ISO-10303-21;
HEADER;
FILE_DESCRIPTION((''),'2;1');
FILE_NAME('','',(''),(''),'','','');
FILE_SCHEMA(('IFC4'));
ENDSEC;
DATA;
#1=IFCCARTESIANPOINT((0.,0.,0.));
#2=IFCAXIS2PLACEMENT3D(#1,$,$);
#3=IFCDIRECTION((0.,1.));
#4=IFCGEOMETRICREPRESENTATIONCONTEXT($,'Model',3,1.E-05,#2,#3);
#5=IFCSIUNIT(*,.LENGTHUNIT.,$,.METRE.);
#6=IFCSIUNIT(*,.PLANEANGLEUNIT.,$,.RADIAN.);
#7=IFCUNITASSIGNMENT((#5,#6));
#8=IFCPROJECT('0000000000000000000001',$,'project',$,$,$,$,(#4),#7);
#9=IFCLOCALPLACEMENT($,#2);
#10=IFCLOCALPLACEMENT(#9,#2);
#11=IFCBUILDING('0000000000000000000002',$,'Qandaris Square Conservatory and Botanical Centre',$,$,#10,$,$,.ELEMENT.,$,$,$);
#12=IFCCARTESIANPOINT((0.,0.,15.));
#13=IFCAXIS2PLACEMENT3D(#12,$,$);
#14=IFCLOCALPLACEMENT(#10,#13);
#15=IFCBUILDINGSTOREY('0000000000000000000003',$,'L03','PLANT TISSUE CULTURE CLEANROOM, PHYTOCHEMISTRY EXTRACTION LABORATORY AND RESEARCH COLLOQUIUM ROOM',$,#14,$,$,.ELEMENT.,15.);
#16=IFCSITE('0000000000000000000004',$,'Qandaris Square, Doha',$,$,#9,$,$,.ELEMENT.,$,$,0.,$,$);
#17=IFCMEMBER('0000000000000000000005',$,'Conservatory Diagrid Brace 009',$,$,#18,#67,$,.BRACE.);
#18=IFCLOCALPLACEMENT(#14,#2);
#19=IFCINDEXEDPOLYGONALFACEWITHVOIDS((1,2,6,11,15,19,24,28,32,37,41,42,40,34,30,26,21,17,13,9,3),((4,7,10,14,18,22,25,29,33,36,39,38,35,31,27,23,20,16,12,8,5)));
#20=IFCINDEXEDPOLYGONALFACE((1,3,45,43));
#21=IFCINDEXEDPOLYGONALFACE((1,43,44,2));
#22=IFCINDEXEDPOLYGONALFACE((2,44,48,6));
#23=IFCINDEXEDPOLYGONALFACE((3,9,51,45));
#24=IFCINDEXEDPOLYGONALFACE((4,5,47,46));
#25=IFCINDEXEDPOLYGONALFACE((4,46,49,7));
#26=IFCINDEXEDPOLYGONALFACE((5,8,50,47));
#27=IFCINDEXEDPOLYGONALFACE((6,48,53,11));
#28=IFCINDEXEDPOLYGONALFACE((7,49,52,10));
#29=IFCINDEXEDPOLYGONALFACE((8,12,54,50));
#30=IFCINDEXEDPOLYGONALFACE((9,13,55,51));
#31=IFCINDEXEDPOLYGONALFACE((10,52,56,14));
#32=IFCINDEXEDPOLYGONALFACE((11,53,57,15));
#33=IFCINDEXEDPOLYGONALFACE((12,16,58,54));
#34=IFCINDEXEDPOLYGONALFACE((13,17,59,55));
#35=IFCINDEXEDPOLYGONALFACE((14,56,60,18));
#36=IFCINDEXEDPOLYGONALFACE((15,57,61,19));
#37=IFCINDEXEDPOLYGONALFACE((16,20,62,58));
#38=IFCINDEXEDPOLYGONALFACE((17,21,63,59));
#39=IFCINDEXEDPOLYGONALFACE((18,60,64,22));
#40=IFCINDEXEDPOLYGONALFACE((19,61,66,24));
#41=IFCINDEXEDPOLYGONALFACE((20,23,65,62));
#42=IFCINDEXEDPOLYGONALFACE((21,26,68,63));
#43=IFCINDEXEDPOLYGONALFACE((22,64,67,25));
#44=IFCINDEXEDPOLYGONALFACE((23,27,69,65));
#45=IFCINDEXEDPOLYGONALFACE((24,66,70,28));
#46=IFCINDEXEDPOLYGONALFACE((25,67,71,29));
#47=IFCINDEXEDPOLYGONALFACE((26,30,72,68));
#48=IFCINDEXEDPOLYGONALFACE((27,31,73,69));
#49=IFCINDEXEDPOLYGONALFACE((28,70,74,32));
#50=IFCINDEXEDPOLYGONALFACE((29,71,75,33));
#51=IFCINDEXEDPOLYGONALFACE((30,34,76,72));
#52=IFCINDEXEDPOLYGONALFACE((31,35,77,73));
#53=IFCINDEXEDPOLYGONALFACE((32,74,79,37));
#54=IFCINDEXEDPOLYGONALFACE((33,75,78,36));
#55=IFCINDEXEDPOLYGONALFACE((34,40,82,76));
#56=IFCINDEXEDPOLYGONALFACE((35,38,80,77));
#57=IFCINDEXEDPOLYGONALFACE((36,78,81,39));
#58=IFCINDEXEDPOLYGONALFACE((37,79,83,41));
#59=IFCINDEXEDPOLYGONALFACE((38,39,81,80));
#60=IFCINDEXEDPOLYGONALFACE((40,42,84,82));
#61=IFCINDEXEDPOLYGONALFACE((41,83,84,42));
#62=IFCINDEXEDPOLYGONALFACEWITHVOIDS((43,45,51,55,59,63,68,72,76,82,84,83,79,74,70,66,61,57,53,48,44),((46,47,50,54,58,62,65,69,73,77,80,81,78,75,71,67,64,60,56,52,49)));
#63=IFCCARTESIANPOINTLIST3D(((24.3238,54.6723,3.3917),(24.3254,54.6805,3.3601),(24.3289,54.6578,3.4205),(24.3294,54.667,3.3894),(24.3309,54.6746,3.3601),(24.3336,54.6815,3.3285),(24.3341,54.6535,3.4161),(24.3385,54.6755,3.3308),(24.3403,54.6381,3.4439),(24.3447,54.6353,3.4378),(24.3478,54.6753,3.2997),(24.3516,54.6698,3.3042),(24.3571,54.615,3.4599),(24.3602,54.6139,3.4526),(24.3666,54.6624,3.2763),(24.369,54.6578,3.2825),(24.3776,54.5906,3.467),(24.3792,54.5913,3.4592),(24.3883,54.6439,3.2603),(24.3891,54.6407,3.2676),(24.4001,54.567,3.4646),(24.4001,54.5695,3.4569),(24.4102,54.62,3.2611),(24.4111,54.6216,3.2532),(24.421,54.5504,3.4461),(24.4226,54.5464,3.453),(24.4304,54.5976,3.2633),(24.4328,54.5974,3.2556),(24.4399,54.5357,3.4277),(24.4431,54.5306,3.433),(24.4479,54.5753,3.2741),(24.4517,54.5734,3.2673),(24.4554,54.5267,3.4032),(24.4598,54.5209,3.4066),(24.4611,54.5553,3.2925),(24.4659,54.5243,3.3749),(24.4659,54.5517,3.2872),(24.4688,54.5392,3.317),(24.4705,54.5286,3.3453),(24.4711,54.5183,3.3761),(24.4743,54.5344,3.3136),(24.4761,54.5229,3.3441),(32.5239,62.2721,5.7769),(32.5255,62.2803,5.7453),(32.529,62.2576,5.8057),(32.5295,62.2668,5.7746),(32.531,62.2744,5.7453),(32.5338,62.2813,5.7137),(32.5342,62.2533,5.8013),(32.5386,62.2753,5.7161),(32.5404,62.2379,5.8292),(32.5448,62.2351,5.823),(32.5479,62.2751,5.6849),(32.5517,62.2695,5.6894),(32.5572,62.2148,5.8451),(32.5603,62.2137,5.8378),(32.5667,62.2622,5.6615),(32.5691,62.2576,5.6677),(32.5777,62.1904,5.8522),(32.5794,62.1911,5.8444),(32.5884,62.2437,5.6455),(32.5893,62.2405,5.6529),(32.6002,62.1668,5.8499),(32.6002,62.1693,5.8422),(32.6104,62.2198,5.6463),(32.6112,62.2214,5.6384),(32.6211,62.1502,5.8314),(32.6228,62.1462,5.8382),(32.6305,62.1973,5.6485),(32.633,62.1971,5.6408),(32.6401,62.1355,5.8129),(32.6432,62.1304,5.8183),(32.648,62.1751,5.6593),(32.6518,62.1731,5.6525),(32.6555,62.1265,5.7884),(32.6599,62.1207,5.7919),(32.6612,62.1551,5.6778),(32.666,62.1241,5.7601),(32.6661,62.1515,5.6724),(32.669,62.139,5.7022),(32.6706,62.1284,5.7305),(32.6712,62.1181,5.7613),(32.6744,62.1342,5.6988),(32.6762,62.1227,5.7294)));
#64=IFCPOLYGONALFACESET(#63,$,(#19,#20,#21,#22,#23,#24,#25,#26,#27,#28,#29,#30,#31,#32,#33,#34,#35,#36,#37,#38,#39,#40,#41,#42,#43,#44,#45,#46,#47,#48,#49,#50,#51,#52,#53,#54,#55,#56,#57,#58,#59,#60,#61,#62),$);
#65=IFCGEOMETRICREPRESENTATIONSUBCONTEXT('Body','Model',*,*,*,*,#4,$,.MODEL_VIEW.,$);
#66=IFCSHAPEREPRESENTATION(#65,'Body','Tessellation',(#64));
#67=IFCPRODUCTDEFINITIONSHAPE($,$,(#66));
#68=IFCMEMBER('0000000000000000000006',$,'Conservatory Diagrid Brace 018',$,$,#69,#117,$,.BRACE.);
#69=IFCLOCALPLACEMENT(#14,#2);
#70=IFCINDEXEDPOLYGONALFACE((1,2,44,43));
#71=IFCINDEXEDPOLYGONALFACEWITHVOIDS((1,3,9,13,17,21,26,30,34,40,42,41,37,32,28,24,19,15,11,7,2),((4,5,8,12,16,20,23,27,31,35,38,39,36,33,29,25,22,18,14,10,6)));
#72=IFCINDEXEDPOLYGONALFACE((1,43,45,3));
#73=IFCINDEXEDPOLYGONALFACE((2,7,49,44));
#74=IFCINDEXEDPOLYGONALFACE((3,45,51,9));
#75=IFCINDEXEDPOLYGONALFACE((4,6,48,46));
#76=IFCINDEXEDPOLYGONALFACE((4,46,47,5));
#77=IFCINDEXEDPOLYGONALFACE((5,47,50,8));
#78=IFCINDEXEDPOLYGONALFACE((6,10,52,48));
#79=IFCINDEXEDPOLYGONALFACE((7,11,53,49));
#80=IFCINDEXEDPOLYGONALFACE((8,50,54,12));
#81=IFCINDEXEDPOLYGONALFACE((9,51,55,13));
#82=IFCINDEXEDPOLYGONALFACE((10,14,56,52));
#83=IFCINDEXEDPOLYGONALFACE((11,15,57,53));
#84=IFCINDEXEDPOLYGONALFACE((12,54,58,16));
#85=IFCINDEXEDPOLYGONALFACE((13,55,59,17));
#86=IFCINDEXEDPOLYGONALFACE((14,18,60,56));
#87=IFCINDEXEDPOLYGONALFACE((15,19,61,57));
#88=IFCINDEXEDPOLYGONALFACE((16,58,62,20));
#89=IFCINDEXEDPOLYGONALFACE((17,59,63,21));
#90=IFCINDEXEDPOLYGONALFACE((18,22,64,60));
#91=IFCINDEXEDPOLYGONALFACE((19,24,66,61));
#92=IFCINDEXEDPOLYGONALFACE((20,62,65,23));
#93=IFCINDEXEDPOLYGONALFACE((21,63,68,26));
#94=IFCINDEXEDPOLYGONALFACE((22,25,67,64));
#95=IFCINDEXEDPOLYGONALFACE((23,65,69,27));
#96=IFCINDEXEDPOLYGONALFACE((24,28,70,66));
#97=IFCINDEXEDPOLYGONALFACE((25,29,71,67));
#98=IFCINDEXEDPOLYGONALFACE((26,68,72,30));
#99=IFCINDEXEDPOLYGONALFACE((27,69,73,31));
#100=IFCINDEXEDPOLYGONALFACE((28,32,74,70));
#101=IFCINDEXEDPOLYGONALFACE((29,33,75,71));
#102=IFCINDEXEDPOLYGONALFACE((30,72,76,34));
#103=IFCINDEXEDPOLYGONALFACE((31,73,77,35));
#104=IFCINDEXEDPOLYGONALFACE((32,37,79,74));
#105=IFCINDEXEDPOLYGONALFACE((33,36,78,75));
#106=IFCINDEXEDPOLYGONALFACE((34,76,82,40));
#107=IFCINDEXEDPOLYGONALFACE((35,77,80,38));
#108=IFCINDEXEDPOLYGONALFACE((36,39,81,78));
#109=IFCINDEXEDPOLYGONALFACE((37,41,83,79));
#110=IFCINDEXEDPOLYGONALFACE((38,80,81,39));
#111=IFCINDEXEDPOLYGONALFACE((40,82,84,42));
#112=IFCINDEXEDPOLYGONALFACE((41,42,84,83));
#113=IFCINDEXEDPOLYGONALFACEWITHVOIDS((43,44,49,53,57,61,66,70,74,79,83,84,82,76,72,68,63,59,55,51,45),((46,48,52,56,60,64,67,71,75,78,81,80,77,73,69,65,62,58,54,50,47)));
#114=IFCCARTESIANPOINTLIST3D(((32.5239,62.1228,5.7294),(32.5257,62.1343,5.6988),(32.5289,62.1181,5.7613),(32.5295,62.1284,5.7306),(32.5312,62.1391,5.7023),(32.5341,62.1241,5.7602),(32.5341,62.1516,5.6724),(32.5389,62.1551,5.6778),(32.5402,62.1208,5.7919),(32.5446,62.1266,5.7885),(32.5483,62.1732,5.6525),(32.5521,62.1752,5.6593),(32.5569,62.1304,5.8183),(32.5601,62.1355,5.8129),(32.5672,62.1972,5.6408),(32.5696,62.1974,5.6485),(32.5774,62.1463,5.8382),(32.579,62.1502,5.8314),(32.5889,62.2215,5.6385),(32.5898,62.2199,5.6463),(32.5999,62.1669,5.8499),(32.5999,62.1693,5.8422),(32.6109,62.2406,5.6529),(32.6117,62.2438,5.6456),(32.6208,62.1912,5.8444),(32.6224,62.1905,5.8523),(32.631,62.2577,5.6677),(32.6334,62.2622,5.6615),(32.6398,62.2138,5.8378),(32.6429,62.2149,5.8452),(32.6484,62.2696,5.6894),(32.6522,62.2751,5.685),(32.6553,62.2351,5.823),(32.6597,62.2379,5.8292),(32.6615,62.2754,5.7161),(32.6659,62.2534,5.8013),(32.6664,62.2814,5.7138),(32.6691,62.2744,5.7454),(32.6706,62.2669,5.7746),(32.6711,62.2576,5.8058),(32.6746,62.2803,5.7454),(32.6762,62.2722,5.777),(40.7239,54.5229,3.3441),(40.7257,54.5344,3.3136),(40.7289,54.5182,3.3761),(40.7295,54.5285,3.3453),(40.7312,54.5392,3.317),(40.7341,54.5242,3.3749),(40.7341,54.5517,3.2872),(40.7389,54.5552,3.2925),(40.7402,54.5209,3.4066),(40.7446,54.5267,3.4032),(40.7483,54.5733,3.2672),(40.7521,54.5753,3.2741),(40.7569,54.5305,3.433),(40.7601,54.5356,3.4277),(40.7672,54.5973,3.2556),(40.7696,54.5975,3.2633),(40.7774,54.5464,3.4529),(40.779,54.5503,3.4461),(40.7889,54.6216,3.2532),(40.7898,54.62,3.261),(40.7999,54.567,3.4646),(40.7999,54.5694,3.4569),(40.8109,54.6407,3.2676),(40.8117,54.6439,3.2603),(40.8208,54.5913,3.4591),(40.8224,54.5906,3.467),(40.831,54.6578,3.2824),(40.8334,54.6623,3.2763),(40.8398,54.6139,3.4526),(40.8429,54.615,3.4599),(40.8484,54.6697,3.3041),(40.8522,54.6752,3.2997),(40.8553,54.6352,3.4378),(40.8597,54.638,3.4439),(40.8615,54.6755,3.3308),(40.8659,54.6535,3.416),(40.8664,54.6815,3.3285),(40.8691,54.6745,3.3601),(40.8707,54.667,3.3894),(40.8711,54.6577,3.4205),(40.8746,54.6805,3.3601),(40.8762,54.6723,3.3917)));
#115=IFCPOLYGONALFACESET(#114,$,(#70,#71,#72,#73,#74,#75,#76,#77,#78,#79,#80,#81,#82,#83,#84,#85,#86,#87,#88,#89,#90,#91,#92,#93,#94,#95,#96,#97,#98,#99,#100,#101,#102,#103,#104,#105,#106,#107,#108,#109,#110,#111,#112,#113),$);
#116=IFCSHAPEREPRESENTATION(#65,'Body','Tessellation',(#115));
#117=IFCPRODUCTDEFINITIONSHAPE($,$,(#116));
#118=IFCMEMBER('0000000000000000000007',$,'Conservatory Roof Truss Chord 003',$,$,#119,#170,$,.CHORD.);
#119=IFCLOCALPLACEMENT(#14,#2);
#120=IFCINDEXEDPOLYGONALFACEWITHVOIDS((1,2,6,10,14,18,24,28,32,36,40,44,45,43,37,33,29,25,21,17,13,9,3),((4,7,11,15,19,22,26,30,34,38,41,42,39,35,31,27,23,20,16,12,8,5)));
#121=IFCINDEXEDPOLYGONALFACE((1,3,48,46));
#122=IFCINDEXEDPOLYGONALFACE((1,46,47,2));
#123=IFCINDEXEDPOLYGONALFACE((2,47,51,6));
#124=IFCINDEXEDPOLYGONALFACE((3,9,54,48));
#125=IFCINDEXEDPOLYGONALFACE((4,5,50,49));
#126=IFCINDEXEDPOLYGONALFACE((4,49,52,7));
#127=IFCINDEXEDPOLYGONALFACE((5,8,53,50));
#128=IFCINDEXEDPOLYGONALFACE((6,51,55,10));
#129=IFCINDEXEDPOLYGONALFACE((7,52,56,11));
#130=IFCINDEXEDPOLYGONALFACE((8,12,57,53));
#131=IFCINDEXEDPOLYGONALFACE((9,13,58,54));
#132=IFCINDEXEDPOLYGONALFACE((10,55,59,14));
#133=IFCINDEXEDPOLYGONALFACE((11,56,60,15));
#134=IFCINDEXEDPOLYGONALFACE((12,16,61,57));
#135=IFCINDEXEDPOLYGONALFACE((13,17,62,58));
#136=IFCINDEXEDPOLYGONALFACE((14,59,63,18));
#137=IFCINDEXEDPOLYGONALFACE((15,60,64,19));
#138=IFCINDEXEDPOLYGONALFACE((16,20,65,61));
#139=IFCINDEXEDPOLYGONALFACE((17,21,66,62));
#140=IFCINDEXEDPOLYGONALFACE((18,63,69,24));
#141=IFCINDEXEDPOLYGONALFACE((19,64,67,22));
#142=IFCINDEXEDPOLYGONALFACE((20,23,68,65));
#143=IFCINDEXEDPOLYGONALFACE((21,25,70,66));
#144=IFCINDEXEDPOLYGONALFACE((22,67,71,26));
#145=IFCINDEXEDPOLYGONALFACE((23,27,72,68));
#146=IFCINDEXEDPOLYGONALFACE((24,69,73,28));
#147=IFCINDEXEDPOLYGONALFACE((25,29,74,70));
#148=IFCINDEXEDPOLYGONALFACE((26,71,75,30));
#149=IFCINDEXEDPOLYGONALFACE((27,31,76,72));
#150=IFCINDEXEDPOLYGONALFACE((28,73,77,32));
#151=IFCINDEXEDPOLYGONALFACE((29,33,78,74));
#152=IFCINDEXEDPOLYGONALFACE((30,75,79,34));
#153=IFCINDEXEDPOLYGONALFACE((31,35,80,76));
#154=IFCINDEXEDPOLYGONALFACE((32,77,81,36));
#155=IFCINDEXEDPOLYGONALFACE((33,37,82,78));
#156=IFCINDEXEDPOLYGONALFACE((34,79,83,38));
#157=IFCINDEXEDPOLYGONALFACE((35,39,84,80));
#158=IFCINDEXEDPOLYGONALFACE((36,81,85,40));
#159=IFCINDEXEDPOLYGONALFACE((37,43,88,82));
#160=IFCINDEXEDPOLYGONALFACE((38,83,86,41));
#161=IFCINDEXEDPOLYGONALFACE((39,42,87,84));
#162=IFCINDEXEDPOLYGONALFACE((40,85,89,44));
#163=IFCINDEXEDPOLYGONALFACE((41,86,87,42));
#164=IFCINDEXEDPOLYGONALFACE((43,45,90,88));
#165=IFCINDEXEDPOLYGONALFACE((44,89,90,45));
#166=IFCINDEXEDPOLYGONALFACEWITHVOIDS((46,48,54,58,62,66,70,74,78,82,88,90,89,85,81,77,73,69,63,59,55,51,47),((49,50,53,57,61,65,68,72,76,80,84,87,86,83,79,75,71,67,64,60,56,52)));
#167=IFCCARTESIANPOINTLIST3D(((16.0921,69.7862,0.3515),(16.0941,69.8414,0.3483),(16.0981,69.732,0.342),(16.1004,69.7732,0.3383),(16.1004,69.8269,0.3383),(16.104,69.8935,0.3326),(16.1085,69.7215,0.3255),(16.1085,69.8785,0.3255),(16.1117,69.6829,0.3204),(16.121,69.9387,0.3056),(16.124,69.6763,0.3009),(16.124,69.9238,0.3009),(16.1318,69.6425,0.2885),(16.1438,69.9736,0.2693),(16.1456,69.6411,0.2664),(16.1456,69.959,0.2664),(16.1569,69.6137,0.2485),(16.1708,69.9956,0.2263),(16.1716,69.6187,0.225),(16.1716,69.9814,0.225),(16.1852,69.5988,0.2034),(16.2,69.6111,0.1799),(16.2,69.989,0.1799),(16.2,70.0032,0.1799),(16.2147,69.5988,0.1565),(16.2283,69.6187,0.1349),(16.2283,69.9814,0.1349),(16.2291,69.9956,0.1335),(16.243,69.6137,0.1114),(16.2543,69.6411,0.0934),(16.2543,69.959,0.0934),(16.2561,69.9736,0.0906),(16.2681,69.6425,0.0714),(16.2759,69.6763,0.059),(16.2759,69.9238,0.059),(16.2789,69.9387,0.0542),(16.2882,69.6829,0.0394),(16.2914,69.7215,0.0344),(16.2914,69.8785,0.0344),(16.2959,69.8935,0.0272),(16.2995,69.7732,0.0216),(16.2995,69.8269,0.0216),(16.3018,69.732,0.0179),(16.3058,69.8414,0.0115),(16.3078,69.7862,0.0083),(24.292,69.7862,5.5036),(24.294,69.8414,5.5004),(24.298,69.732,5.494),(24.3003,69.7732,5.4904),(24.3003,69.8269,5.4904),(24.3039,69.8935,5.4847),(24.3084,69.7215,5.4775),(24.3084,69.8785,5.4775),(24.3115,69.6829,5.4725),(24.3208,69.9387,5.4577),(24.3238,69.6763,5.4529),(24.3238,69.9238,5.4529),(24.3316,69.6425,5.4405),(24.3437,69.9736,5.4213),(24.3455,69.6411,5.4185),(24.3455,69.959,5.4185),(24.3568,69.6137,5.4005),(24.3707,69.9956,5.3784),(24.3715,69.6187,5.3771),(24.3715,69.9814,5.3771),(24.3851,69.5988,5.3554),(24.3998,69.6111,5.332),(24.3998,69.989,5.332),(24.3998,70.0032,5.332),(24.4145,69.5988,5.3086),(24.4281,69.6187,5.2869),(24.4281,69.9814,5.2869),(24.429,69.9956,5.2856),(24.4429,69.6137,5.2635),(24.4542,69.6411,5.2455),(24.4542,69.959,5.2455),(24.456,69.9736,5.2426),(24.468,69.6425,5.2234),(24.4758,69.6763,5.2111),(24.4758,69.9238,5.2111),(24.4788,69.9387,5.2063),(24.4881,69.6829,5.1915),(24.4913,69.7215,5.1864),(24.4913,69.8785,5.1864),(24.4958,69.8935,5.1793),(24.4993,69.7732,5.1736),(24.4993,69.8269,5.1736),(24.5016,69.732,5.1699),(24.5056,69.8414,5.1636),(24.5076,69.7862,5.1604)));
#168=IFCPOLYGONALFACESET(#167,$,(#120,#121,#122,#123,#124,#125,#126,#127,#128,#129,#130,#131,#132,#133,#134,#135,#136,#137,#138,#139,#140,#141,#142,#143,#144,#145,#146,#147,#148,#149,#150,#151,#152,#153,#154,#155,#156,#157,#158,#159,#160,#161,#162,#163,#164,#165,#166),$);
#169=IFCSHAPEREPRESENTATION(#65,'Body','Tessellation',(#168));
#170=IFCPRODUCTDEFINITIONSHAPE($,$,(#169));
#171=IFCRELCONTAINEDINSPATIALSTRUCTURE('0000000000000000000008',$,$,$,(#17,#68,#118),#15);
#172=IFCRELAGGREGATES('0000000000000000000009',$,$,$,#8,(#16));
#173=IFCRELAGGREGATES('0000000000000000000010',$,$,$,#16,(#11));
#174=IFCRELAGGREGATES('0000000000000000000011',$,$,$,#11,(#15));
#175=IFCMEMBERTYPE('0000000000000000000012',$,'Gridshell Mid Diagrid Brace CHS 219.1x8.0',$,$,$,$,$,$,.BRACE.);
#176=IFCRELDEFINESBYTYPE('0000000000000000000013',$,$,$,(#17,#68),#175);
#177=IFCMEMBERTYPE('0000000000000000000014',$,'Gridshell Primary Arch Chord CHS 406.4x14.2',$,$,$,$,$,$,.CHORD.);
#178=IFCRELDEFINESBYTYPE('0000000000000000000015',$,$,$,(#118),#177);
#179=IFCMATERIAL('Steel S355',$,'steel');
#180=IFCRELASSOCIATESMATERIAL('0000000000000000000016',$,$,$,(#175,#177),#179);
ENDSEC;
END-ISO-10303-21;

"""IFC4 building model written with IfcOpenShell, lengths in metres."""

from ifc_helpers import new_model, si_unit, direction, frame, origin, origin_2d, place, context, subcontext, project, spatial, hollow_circle, extrude, material, material_profile, profile_set, type_object, element, save


model = new_model("IFC4")

# Units and contexts
model_context = context("Model", 3, precision=1e-05, world=origin(), true_north=direction((0.0, 1.0)))
body_context = subcontext(model_context, "Body", "Model", "MODEL_VIEW")
ifc_project = project(units=[si_unit("LENGTHUNIT", "METRE"), si_unit("PLANEANGLEUNIT", "RADIAN")], contexts=[model_context])

# Site, building, storey
site_placement = place(None, origin())
site = spatial("IfcSite", under=ifc_project, at=site_placement, Name="Qandaris Square, Doha", CompositionType="ELEMENT", RefElevation=0.0)
building_placement = place(site_placement, origin())
building = spatial("IfcBuilding", under=site, at=building_placement, Name="Qandaris Square Conservatory and Botanical Centre", CompositionType="ELEMENT")
storey_placement = place(building_placement, frame((0.0, 0.0, 15.0)))
storey = spatial("IfcBuildingStorey", under=building, at=storey_placement, Name="L03", Description="PLANT TISSUE CULTURE CLEANROOM, PHYTOCHEMISTRY EXTRACTION LABORATORY AND RESEARCH COLLOQUIUM ROOM", CompositionType="ELEMENT", Elevation=15.0)

# Members
ifc_material_1 = material(Name="Steel S355", Category="steel")
ifc_material_profile_1 = material_profile(ifc_material_1, hollow_circle(Radius=0.1096, WallThickness=0.0081, at=origin_2d()), Name="CHS 219.1x8.0")
ifc_profile_set_1 = profile_set([ifc_material_profile_1], Name="Steel S355")
member_type_1 = type_object("IfcMemberType", Name="Gridshell Mid Diagrid Brace CHS 219.1x8.0", PredefinedType="BRACE", material=ifc_profile_set_1)
for number, where, z_axis, x_axis, name in (
    (1, (24.3999, 54.6001, 3.3601), (0.717302, 0.664788, 0.208647), (-0.679749, 0.733445, 0.0), "Conservatory Diagrid Brace 009"),
    (2, (32.6001, 62.2, 5.7454), (0.717292, -0.664798, -0.20865), (0.67976, 0.733435, 0.0), "Conservatory Diagrid Brace 018"),
):
    element("IfcMember", number, at=place(storey_placement, frame(where, z_axis=z_axis, x_axis=x_axis)), inside=storey, type_object=member_type_1, Name=name, PredefinedType="BRACE", context=body_context, shape_type="SweptSolid", body=[
        extrude(hollow_circle(Radius=0.1096, WallThickness=0.0081, at=origin_2d()), origin(), (0.0, 0.0, 1.0), 11.4319),
    ])
ifc_material_profile_2 = material_profile(ifc_material_1, hollow_circle(Radius=0.2031, WallThickness=0.0142, at=origin_2d()), Name="CHS 406.4x14.2")
ifc_profile_set_2 = profile_set([ifc_material_profile_2], Name="Steel S355")
member_type_2 = type_object("IfcMemberType", Name="Gridshell Primary Arch Chord CHS 406.4x14.2", PredefinedType="CHORD", material=ifc_profile_set_2)
member_1_placement = place(storey_placement, frame((16.2, 69.8, 0.1799), z_axis=(0.846737, 0.0, 0.532012), x_axis=(0.0, 1.0, 0.0)))
element("IfcMember", 3, at=member_1_placement, inside=storey, type_object=member_type_2, Name="Conservatory Roof Truss Chord 003", PredefinedType="CHORD", context=body_context, shape_type="SweptSolid", body=[
    extrude(hollow_circle(Radius=0.2031, WallThickness=0.0142, at=origin_2d()), origin(), (0.0, 0.0, 1.0), 9.6841),
])

save(model, "model.ifc")
